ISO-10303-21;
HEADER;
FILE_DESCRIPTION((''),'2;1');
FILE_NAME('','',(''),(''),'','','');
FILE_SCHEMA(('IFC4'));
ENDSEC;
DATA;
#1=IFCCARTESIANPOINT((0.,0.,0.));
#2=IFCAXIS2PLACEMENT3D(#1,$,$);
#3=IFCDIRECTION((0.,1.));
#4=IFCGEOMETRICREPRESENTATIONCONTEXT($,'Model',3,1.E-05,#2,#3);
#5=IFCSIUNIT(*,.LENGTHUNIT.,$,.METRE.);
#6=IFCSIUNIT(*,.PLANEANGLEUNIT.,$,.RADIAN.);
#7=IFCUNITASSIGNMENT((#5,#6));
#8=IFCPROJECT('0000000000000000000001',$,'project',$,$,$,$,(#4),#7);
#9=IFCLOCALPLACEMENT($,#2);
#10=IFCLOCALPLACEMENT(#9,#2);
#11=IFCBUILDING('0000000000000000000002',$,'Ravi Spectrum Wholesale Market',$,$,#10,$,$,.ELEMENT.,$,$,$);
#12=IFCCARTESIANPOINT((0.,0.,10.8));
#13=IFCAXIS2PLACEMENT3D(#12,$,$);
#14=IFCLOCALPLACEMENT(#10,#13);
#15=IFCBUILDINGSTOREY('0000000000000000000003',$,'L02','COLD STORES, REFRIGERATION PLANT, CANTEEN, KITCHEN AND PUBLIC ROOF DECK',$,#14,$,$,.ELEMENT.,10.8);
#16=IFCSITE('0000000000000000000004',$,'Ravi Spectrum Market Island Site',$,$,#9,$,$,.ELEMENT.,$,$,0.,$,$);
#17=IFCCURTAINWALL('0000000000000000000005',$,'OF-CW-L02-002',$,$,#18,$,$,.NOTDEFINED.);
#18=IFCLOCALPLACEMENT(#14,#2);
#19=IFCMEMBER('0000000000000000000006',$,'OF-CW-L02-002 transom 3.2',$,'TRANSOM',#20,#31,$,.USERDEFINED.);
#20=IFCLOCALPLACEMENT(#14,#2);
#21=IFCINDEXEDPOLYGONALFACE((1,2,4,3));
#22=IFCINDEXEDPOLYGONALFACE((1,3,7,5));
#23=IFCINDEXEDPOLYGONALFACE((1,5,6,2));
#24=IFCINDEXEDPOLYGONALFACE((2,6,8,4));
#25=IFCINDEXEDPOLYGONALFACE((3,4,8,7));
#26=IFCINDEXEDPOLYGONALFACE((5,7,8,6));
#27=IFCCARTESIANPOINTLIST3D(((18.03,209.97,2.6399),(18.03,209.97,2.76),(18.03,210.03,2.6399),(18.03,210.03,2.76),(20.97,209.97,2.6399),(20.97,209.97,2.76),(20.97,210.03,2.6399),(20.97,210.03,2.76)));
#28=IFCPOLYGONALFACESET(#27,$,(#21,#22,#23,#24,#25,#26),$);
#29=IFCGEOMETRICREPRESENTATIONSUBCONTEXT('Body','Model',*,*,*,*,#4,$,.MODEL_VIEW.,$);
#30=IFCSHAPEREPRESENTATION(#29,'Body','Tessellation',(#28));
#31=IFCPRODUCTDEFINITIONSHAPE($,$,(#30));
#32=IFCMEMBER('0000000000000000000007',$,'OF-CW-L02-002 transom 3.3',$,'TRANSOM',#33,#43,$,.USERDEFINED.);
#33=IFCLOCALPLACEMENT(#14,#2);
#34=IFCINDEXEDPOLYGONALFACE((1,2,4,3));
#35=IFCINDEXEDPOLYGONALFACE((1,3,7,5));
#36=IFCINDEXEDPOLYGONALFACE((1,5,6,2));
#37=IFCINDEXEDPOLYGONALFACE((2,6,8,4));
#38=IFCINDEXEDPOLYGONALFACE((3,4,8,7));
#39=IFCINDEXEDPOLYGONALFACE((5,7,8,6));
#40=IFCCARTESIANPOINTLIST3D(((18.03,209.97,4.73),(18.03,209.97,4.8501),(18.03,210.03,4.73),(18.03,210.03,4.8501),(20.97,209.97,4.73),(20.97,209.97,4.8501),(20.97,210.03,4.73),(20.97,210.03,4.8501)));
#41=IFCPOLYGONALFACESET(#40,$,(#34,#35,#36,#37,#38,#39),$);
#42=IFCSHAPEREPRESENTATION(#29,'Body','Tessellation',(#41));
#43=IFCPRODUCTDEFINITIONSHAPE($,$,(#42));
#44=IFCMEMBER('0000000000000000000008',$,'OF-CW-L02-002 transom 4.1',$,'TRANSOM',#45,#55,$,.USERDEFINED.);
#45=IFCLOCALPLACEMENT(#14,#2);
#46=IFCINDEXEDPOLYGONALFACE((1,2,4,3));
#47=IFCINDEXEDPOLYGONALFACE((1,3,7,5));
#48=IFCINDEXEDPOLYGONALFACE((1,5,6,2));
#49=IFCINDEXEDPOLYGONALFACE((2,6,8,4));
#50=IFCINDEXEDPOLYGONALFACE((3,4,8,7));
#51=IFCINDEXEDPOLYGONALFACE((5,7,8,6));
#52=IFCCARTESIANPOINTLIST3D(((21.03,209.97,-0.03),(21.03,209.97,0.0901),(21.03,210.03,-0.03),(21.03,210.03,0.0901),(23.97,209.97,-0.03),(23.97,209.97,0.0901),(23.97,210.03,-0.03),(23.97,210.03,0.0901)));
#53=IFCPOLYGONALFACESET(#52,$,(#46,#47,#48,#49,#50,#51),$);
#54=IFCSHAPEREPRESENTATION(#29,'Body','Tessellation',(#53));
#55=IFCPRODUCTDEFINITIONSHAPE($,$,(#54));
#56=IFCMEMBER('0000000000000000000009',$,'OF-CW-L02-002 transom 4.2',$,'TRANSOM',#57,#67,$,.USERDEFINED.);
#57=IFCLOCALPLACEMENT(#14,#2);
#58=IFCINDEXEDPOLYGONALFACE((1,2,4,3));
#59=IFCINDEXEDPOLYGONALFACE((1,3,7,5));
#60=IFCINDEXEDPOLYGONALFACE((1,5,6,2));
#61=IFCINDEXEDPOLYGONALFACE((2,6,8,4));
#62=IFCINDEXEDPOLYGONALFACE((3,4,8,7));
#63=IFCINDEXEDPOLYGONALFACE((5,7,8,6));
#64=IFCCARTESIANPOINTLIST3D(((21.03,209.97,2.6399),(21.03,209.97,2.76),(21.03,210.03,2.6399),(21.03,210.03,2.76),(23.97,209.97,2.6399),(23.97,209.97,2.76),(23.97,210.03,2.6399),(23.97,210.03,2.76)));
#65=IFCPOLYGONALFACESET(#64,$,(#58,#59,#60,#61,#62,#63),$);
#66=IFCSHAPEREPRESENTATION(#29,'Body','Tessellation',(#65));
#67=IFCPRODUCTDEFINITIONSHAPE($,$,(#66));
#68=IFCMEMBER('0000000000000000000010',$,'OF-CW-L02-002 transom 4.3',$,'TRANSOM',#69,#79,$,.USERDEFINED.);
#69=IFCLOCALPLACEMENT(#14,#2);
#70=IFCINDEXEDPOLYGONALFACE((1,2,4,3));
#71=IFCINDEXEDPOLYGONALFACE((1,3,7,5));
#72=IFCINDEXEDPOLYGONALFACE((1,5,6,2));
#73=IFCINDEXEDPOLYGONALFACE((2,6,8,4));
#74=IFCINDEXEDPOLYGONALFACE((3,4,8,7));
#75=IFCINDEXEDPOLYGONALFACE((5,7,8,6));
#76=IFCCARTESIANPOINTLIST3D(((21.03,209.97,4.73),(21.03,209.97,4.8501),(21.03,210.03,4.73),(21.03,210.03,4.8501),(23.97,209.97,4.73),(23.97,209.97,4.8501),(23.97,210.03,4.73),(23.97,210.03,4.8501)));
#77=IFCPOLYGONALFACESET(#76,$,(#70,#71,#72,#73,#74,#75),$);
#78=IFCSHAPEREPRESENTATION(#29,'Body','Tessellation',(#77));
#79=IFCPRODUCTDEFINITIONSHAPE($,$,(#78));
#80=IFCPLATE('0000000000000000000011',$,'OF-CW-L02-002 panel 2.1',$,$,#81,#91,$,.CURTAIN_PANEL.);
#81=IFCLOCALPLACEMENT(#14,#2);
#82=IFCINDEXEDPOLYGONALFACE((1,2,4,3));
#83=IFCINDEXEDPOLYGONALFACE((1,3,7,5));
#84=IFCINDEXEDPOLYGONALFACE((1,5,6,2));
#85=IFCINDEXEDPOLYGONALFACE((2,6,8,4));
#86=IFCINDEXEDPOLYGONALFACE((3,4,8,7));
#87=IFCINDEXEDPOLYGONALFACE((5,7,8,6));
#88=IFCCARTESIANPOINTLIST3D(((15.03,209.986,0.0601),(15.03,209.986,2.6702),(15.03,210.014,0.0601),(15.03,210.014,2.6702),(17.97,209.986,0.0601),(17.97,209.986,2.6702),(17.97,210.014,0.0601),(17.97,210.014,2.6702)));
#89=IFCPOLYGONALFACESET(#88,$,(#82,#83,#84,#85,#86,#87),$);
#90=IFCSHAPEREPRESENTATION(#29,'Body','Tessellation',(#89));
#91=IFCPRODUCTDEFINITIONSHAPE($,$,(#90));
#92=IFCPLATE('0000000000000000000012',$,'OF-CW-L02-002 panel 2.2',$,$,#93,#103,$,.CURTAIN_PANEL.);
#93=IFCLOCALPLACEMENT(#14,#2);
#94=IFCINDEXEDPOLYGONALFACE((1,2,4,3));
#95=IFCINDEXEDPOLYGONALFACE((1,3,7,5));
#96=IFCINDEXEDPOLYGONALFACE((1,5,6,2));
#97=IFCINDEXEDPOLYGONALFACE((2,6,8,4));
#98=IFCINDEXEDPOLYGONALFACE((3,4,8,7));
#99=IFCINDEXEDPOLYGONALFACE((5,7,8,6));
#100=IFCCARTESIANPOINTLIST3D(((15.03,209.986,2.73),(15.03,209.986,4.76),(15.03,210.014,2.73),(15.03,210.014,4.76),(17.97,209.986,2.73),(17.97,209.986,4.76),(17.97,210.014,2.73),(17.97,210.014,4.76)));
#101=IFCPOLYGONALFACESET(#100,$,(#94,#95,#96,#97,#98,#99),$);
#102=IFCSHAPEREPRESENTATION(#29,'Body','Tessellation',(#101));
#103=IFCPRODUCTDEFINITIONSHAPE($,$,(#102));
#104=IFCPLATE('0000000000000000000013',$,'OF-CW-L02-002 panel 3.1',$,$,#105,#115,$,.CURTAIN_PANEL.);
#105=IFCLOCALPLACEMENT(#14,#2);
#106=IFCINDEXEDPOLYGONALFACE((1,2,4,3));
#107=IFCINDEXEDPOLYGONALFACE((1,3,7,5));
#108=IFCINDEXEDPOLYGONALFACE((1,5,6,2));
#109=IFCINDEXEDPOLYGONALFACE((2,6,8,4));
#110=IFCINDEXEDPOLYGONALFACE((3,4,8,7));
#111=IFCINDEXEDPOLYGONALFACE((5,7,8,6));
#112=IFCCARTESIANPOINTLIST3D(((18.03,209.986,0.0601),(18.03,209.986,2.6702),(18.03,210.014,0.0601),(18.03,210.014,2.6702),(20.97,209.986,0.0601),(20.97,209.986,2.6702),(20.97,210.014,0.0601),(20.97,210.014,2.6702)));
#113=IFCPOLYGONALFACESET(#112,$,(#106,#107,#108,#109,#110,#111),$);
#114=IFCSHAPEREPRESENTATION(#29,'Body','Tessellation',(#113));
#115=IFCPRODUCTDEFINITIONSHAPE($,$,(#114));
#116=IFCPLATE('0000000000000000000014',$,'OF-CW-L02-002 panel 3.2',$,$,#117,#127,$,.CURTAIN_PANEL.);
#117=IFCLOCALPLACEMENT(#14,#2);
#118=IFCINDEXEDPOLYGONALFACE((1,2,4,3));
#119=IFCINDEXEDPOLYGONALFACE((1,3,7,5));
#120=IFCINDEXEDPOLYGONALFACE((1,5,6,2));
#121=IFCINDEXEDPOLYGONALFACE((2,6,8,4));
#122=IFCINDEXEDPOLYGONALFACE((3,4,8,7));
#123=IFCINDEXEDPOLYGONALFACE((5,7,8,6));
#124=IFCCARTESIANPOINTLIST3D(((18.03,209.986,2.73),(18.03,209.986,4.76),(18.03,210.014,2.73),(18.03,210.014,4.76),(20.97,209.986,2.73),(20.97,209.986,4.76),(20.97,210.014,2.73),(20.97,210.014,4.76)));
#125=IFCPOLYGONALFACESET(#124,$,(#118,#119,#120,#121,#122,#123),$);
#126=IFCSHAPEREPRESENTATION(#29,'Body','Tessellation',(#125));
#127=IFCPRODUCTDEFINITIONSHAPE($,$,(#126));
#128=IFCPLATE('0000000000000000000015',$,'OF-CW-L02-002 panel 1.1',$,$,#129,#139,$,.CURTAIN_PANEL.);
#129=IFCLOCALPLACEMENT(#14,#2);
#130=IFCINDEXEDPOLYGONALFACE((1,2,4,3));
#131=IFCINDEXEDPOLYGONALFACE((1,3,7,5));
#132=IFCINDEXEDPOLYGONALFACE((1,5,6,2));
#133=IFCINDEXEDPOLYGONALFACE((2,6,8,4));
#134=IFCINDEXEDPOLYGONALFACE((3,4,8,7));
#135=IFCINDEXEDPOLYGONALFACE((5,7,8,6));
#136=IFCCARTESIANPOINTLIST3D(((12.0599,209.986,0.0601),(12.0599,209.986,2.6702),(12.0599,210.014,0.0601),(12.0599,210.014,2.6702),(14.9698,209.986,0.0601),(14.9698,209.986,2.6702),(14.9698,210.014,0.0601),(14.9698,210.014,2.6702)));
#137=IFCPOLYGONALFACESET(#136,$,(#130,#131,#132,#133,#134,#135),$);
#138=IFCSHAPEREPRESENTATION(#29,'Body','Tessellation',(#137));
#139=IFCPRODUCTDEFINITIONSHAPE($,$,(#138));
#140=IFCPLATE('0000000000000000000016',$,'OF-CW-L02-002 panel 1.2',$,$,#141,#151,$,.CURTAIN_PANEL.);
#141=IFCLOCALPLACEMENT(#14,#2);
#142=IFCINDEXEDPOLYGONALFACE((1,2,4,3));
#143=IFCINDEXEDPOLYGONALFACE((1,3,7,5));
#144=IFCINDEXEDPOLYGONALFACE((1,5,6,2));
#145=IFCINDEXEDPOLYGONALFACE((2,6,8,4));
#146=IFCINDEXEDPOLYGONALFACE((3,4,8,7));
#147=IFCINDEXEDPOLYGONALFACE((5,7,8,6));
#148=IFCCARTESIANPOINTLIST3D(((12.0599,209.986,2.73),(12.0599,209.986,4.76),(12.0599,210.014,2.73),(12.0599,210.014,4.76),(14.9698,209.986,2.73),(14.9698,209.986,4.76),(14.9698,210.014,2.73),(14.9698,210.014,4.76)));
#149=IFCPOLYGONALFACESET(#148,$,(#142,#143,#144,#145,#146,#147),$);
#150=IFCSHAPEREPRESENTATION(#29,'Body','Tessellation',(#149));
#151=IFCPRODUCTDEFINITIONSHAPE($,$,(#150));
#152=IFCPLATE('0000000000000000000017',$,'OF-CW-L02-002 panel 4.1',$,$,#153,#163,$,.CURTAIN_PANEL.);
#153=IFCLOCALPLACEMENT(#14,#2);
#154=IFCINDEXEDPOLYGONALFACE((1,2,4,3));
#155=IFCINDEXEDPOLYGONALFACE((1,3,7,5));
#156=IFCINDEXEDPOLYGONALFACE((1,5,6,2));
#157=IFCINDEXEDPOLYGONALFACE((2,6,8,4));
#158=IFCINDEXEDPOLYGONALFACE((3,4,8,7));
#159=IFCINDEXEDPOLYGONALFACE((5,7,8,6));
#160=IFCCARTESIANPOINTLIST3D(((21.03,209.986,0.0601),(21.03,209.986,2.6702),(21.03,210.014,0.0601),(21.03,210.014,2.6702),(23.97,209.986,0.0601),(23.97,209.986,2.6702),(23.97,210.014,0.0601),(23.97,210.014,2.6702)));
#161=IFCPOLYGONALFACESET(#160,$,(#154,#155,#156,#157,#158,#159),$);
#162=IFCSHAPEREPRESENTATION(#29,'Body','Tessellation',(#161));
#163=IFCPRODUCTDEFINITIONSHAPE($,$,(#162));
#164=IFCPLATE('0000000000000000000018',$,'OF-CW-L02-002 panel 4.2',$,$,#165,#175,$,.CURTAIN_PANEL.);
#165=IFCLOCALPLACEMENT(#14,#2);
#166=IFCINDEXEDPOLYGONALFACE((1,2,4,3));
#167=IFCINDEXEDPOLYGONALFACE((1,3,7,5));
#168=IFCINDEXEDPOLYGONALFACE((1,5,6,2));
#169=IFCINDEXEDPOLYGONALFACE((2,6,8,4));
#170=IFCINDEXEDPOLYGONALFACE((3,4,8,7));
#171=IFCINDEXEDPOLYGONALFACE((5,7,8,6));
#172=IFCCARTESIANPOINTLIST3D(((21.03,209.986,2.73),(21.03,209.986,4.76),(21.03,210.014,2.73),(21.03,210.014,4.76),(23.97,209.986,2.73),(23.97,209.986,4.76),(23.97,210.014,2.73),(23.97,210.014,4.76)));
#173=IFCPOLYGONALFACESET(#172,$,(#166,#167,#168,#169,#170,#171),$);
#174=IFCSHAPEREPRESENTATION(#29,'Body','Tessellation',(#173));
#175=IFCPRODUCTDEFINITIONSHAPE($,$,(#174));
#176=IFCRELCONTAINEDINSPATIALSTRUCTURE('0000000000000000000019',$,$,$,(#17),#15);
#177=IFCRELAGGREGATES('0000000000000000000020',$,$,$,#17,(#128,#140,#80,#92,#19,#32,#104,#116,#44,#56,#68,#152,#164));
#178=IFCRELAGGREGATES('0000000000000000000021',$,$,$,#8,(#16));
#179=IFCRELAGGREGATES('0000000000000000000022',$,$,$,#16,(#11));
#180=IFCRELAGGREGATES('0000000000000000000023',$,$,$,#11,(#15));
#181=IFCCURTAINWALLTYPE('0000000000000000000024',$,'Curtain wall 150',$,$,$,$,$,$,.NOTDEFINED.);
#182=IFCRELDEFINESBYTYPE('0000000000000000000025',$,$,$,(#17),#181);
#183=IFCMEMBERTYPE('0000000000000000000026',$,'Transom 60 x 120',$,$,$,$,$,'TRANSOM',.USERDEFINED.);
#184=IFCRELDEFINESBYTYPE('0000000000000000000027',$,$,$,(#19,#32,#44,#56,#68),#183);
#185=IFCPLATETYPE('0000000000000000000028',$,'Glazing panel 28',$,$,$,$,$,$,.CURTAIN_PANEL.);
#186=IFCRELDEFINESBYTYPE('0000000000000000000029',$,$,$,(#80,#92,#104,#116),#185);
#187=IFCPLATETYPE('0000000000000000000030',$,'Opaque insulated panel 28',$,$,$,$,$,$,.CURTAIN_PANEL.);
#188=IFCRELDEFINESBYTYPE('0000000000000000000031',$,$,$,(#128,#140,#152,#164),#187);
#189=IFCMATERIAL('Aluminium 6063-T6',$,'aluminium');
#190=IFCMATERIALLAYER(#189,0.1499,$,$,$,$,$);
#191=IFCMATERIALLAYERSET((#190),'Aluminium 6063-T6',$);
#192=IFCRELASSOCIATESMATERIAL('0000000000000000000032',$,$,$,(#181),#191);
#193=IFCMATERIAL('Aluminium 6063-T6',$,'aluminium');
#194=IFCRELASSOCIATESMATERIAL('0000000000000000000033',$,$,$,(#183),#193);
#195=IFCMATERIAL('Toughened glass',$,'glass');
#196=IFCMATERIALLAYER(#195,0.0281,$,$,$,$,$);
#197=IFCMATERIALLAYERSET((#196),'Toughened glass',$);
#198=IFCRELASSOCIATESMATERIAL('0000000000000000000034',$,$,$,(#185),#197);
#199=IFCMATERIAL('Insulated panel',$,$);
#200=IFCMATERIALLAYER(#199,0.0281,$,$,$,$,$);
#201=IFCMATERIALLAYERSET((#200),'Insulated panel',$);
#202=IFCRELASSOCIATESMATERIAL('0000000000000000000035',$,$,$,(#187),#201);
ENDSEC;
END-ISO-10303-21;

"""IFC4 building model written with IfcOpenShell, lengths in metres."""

from ifc_helpers import new_model, si_unit, direction, frame, origin, origin_2d, place, context, subcontext, project, spatial, rectangle, extrude, material, layer, layer_set, material_profile, profile_set, type_object, element, aggregate, save


model = new_model("IFC4")

# Units and contexts
model_context = context("Model", 3, precision=1e-05, world=origin(), true_north=direction((0.0, 1.0)))
body_context = subcontext(model_context, "Body", "Model", "MODEL_VIEW")
ifc_project = project(units=[si_unit("LENGTHUNIT", "METRE"), si_unit("PLANEANGLEUNIT", "RADIAN")], contexts=[model_context])

# Site, building, storey
site_placement = place(None, origin())
site = spatial("IfcSite", under=ifc_project, at=site_placement, Name="Ravi Spectrum Market Island Site", CompositionType="ELEMENT", RefElevation=0.0)
building_placement = place(site_placement, origin())
building = spatial("IfcBuilding", under=site, at=building_placement, Name="Ravi Spectrum Wholesale Market", CompositionType="ELEMENT")
storey_placement = place(building_placement, frame((0.0, 0.0, 10.8)))
storey = spatial("IfcBuildingStorey", under=building, at=storey_placement, Name="L02", Description="COLD STORES, REFRIGERATION PLANT, CANTEEN, KITCHEN AND PUBLIC ROOF DECK", CompositionType="ELEMENT", Elevation=10.8)

# Curtain wall, members, plates
ifc_material_1 = material(Name="Aluminium 6063-T6", Category="aluminium")
ifc_layer_1 = layer(ifc_material_1, 0.1499)
ifc_layer_set_1 = layer_set([ifc_layer_1], Name="Aluminium 6063-T6")
curtain_wall_type = type_object("IfcCurtainWallType", Name="Curtain wall 150", PredefinedType="NOTDEFINED", material=ifc_layer_set_1)
curtain_wall_placement = place(storey_placement, origin())
curtain_wall = element("IfcCurtainWall", 1, at=curtain_wall_placement, inside=storey, type_object=curtain_wall_type, Name="OF-CW-L02-002", PredefinedType="NOTDEFINED")
ifc_material_2 = material(Name="Aluminium 6063-T6", Category="aluminium")
ifc_material_profile_1 = material_profile(ifc_material_2, rectangle(XDim=0.0601, YDim=0.1201, at=origin_2d()))
ifc_profile_set_1 = profile_set([ifc_material_profile_1], Name="Aluminium 6063-T6")
member_type_1 = type_object("IfcMemberType", Name="Transom 60 x 120", ElementType="TRANSOM", PredefinedType="USERDEFINED", material=ifc_profile_set_1)
member_1_placement = place(storey_placement, frame((18.03, 210.0, 2.7), z_axis=(1.0, 0.0, 0.0), x_axis=(0.0, 1.0, 0.0)))
member_1 = element("IfcMember", 2, at=member_1_placement, type_object=member_type_1, Name="OF-CW-L02-002 transom 3.2", ObjectType="TRANSOM", PredefinedType="USERDEFINED", context=body_context, shape_type="SweptSolid", body=[
    extrude(rectangle(XDim=0.0601, YDim=0.1201, at=origin_2d()), origin(), (0.0, 0.0, 1.0), 2.9399),
])
member_2_placement = place(storey_placement, frame((18.03, 210.0, 4.79), z_axis=(1.0, 0.0, 0.0), x_axis=(0.0, 1.0, 0.0)))
member_2 = element("IfcMember", 3, at=member_2_placement, type_object=member_type_1, Name="OF-CW-L02-002 transom 3.3", ObjectType="TRANSOM", PredefinedType="USERDEFINED", context=body_context, shape_type="SweptSolid", body=[
    extrude(rectangle(XDim=0.0601, YDim=0.1201, at=origin_2d()), origin(), (0.0, 0.0, 1.0), 2.9399),
])
member_3_placement = place(storey_placement, frame((21.03, 210.0, 0.03), z_axis=(1.0, 0.0, 0.0), x_axis=(0.0, 1.0, 0.0)))
member_3 = element("IfcMember", 4, at=member_3_placement, type_object=member_type_1, Name="OF-CW-L02-002 transom 4.1", ObjectType="TRANSOM", PredefinedType="USERDEFINED", context=body_context, shape_type="SweptSolid", body=[
    extrude(rectangle(XDim=0.0601, YDim=0.1201, at=origin_2d()), origin(), (0.0, 0.0, 1.0), 2.9399),
])
member_4_placement = place(storey_placement, frame((21.03, 210.0, 2.7), z_axis=(1.0, 0.0, 0.0), x_axis=(0.0, 1.0, 0.0)))
member_4 = element("IfcMember", 5, at=member_4_placement, type_object=member_type_1, Name="OF-CW-L02-002 transom 4.2", ObjectType="TRANSOM", PredefinedType="USERDEFINED", context=body_context, shape_type="SweptSolid", body=[
    extrude(rectangle(XDim=0.0601, YDim=0.1201, at=origin_2d()), origin(), (0.0, 0.0, 1.0), 2.9399),
])
member_5_placement = place(storey_placement, frame((21.03, 210.0, 4.79), z_axis=(1.0, 0.0, 0.0), x_axis=(0.0, 1.0, 0.0)))
member_5 = element("IfcMember", 6, at=member_5_placement, type_object=member_type_1, Name="OF-CW-L02-002 transom 4.3", ObjectType="TRANSOM", PredefinedType="USERDEFINED", context=body_context, shape_type="SweptSolid", body=[
    extrude(rectangle(XDim=0.0601, YDim=0.1201, at=origin_2d()), origin(), (0.0, 0.0, 1.0), 2.9399),
])
ifc_material_3 = material(Name="Toughened glass", Category="glass")
ifc_layer_2 = layer(ifc_material_3, 0.0281)
ifc_layer_set_2 = layer_set([ifc_layer_2], Name="Toughened glass")
plate_type_1 = type_object("IfcPlateType", Name="Glazing panel 28", PredefinedType="CURTAIN_PANEL", material=ifc_layer_set_2)
plate_1_placement = place(storey_placement, frame((16.5, 210.0, 0.0601), z_axis=(0.0, 0.0, 1.0), x_axis=(1.0, 0.0, 0.0)))
plate_1 = element("IfcPlate", 7, at=plate_1_placement, type_object=plate_type_1, Name="OF-CW-L02-002 panel 2.1", PredefinedType="CURTAIN_PANEL", context=body_context, shape_type="SweptSolid", body=[
    extrude(rectangle(XDim=2.9399, YDim=0.0281, at=origin_2d()), origin(), (0.0, 0.0, 1.0), 2.6101),
])
plate_2_placement = place(storey_placement, frame((16.5, 210.0, 2.73), z_axis=(0.0, 0.0, 1.0), x_axis=(1.0, 0.0, 0.0)))
plate_2 = element("IfcPlate", 8, at=plate_2_placement, type_object=plate_type_1, Name="OF-CW-L02-002 panel 2.2", PredefinedType="CURTAIN_PANEL", context=body_context, shape_type="SweptSolid", body=[
    extrude(rectangle(XDim=2.9399, YDim=0.0281, at=origin_2d()), origin(), (0.0, 0.0, 1.0), 2.03),
])
plate_3_placement = place(storey_placement, frame((19.5, 210.0, 0.0601), z_axis=(0.0, 0.0, 1.0), x_axis=(1.0, 0.0, 0.0)))
plate_3 = element("IfcPlate", 9, at=plate_3_placement, type_object=plate_type_1, Name="OF-CW-L02-002 panel 3.1", PredefinedType="CURTAIN_PANEL", context=body_context, shape_type="SweptSolid", body=[
    extrude(rectangle(XDim=2.9399, YDim=0.0281, at=origin_2d()), origin(), (0.0, 0.0, 1.0), 2.6101),
])
plate_4_placement = place(storey_placement, frame((19.5, 210.0, 2.73), z_axis=(0.0, 0.0, 1.0), x_axis=(1.0, 0.0, 0.0)))
plate_4 = element("IfcPlate", 10, at=plate_4_placement, type_object=plate_type_1, Name="OF-CW-L02-002 panel 3.2", PredefinedType="CURTAIN_PANEL", context=body_context, shape_type="SweptSolid", body=[
    extrude(rectangle(XDim=2.9399, YDim=0.0281, at=origin_2d()), origin(), (0.0, 0.0, 1.0), 2.03),
])
ifc_material_4 = material(Name="Insulated panel")
ifc_layer_3 = layer(ifc_material_4, 0.0281)
ifc_layer_set_3 = layer_set([ifc_layer_3], Name="Insulated panel")
plate_type_2 = type_object("IfcPlateType", Name="Opaque insulated panel 28", PredefinedType="CURTAIN_PANEL", material=ifc_layer_set_3)
plate_5_placement = place(storey_placement, frame((13.5149, 210.0, 0.0601), z_axis=(0.0, 0.0, 1.0), x_axis=(1.0, 0.0, 0.0)))
plate_5 = element("IfcPlate", 11, at=plate_5_placement, type_object=plate_type_2, Name="OF-CW-L02-002 panel 1.1", PredefinedType="CURTAIN_PANEL", context=body_context, shape_type="SweptSolid", body=[
    extrude(rectangle(XDim=2.9099, YDim=0.0281, at=origin_2d()), origin(), (0.0, 0.0, 1.0), 2.6101),
])
plate_6_placement = place(storey_placement, frame((13.5149, 210.0, 2.73), z_axis=(0.0, 0.0, 1.0), x_axis=(1.0, 0.0, 0.0)))
plate_6 = element("IfcPlate", 12, at=plate_6_placement, type_object=plate_type_2, Name="OF-CW-L02-002 panel 1.2", PredefinedType="CURTAIN_PANEL", context=body_context, shape_type="SweptSolid", body=[
    extrude(rectangle(XDim=2.9099, YDim=0.0281, at=origin_2d()), origin(), (0.0, 0.0, 1.0), 2.03),
])
plate_7_placement = place(storey_placement, frame((22.5, 210.0, 0.0601), z_axis=(0.0, 0.0, 1.0), x_axis=(1.0, 0.0, 0.0)))
plate_7 = element("IfcPlate", 13, at=plate_7_placement, type_object=plate_type_2, Name="OF-CW-L02-002 panel 4.1", PredefinedType="CURTAIN_PANEL", context=body_context, shape_type="SweptSolid", body=[
    extrude(rectangle(XDim=2.9399, YDim=0.0281, at=origin_2d()), origin(), (0.0, 0.0, 1.0), 2.6101),
])
plate_8_placement = place(storey_placement, frame((22.5, 210.0, 2.73), z_axis=(0.0, 0.0, 1.0), x_axis=(1.0, 0.0, 0.0)))
plate_8 = element("IfcPlate", 14, at=plate_8_placement, type_object=plate_type_2, Name="OF-CW-L02-002 panel 4.2", PredefinedType="CURTAIN_PANEL", context=body_context, shape_type="SweptSolid", body=[
    extrude(rectangle(XDim=2.9399, YDim=0.0281, at=origin_2d()), origin(), (0.0, 0.0, 1.0), 2.03),
])
aggregate(curtain_wall, [plate_5, plate_6, plate_1, plate_2, member_1, member_2, plate_3, plate_4, member_3, member_4, member_5, plate_7, plate_8])

save(model, "model.ifc")
